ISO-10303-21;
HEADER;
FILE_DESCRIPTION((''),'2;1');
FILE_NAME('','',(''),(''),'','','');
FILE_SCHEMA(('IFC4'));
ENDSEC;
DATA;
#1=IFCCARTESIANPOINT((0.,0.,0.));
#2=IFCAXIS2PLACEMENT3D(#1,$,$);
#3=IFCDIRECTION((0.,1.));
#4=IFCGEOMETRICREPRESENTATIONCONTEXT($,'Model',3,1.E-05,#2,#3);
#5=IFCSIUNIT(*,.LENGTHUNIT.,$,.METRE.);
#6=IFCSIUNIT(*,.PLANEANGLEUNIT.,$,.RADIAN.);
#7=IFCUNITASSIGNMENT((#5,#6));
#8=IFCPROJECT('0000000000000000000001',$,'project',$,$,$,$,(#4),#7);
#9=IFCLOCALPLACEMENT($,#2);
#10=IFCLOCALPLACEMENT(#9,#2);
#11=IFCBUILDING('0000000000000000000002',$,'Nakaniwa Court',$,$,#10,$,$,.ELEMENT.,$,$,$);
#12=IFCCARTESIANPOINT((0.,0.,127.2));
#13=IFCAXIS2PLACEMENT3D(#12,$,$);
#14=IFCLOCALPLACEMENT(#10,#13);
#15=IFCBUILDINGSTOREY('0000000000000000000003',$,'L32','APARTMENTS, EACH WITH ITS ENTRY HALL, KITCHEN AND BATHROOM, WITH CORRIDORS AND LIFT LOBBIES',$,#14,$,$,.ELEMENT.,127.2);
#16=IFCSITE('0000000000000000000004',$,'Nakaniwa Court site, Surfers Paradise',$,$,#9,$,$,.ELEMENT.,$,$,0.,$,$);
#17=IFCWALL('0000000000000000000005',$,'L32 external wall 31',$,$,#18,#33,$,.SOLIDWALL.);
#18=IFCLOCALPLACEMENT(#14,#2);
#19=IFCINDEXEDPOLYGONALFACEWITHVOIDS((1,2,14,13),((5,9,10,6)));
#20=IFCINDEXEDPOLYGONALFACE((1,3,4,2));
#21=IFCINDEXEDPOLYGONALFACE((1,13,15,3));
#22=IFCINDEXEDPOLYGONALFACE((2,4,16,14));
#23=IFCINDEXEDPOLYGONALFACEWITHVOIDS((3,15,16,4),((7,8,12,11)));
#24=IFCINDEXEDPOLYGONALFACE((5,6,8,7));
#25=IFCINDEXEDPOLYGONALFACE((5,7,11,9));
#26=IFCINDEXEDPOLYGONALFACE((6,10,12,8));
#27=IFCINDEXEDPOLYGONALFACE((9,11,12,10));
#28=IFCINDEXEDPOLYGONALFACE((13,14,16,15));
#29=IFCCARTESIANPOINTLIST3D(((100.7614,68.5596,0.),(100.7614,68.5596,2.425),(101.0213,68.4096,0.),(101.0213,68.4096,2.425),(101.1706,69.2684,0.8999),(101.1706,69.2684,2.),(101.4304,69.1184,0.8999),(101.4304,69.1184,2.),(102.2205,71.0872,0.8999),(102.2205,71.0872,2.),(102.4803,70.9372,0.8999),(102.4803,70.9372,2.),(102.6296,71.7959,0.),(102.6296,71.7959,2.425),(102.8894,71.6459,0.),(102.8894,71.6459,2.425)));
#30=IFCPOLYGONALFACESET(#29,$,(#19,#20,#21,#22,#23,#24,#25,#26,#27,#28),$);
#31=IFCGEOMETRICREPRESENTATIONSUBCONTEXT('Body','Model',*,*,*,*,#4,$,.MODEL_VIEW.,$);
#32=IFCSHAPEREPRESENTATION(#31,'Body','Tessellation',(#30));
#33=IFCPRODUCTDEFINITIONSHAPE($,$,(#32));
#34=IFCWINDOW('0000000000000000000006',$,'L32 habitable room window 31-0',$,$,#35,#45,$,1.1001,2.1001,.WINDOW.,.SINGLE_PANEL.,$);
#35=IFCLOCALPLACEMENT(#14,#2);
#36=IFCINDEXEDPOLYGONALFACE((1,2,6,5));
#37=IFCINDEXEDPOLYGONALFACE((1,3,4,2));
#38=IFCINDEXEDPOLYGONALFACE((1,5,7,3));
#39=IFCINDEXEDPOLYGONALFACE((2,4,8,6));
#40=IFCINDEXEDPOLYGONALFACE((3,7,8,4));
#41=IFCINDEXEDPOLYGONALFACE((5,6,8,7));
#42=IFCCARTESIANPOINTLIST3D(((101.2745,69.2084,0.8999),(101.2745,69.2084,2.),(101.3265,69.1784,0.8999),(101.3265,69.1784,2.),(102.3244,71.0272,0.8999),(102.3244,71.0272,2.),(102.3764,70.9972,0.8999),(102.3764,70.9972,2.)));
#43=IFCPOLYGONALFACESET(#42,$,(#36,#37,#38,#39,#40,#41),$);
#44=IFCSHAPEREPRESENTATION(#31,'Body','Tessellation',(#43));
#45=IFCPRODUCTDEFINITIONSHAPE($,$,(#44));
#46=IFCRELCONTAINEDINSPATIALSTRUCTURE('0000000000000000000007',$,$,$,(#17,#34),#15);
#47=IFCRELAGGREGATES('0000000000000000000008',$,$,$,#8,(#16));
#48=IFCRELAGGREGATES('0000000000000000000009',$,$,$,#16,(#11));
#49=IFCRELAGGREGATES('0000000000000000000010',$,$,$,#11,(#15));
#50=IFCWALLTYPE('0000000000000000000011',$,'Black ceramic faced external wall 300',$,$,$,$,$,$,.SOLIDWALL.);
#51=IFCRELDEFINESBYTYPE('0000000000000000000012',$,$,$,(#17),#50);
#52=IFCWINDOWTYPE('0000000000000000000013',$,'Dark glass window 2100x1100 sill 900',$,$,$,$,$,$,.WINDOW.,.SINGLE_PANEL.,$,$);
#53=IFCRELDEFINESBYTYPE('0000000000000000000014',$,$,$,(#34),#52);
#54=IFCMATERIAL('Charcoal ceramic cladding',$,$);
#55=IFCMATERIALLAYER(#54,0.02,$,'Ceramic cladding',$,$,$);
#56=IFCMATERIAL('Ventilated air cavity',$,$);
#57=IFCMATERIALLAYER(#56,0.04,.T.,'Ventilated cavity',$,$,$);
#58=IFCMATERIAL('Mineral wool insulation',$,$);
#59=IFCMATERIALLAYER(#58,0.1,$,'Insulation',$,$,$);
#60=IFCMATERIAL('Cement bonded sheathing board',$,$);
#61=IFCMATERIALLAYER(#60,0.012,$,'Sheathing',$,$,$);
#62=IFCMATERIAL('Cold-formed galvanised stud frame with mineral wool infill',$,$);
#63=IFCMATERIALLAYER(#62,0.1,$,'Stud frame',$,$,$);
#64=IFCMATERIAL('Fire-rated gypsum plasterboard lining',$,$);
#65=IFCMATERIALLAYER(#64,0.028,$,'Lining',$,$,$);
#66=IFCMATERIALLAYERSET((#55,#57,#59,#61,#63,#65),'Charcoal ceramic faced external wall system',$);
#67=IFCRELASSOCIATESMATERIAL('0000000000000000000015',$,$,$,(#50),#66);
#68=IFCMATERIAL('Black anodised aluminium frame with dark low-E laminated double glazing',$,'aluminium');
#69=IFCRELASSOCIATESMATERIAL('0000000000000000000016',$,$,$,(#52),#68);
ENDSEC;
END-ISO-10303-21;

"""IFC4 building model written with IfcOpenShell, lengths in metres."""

from ifc_helpers import new_model, si_unit, direction, frame, frame_2d, origin, place, context, subcontext, project, spatial, rectangle, extrude, material, layer, layer_set, type_object, element, fill, save


model = new_model("IFC4")

# Units and contexts
model_context = context("Model", 3, precision=1e-05, world=origin(), true_north=direction((0.0, 1.0)))
body_context = subcontext(model_context, "Body", "Model", "MODEL_VIEW")
ifc_project = project(units=[si_unit("LENGTHUNIT", "METRE"), si_unit("PLANEANGLEUNIT", "RADIAN")], contexts=[model_context])

# Site, building, storey
site_placement = place(None, origin())
site = spatial("IfcSite", under=ifc_project, at=site_placement, Name="Nakaniwa Court site, Surfers Paradise", CompositionType="ELEMENT", RefElevation=0.0)
building_placement = place(site_placement, origin())
building = spatial("IfcBuilding", under=site, at=building_placement, Name="Nakaniwa Court", CompositionType="ELEMENT")
storey_placement = place(building_placement, frame((0.0, 0.0, 127.2)))
storey = spatial("IfcBuildingStorey", under=building, at=storey_placement, Name="L32", Description="APARTMENTS, EACH WITH ITS ENTRY HALL, KITCHEN AND BATHROOM, WITH CORRIDORS AND LIFT LOBBIES", CompositionType="ELEMENT", Elevation=127.2)

# Shared definitions
ifc_material_1 = material(Name="Charcoal ceramic cladding")
ifc_layer_1 = layer(ifc_material_1, 0.02, Name="Ceramic cladding")
ifc_material_2 = material(Name="Ventilated air cavity")
ifc_layer_2 = layer(ifc_material_2, 0.04, ventilated=True, Name="Ventilated cavity")
ifc_material_3 = material(Name="Mineral wool insulation")
ifc_layer_3 = layer(ifc_material_3, 0.1, Name="Insulation")
ifc_material_4 = material(Name="Cement bonded sheathing board")
ifc_layer_4 = layer(ifc_material_4, 0.012, Name="Sheathing")
ifc_material_5 = material(Name="Cold-formed galvanised stud frame with mineral wool infill")
ifc_layer_5 = layer(ifc_material_5, 0.1, Name="Stud frame")
ifc_material_6 = material(Name="Fire-rated gypsum plasterboard lining")
ifc_layer_6 = layer(ifc_material_6, 0.028, Name="Lining")
ifc_layer_set_1 = layer_set([ifc_layer_1, ifc_layer_2, ifc_layer_3, ifc_layer_4, ifc_layer_5, ifc_layer_6], Name="Charcoal ceramic faced external wall system")
wall_type_1 = type_object("IfcWallType", Name="Black ceramic faced external wall 300", PredefinedType="SOLIDWALL", material=ifc_layer_set_1)

# Wall, opening, window
ifc_material_7 = material(Name="Black anodised aluminium frame with dark low-E laminated double glazing", Category="aluminium")
window_type_1 = type_object("IfcWindowType", Name="Dark glass window 2100x1100 sill 900", PartitioningType="SINGLE_PANEL", PredefinedType="WINDOW", material=ifc_material_7)
wall_1_placement = place(storey_placement, frame((100.8914, 68.4846, 0.0), z_axis=(0.0, 0.0, 1.0), x_axis=(0.499934, 0.866064, 0.0)))
wall_1 = element("IfcWall", 1, at=wall_1_placement, inside=storey, type_object=wall_type_1, Name="L32 external wall 31", PredefinedType="SOLIDWALL", context=body_context, shape_type="SweptSolid", body=[
    extrude(rectangle(XDim=3.7368, YDim=0.3, at=frame_2d((1.8684, 0.0))), origin(), (0.0, 0.0, 1.0), 2.425),
])
opening_1_placement = place(wall_1_placement, frame((0.8184, 0.0, 0.8999)))
opening_1 = element("IfcOpeningElement", 2, at=opening_1_placement, cuts=wall_1, PredefinedType="OPENING", context=body_context, shape_type="SweptSolid", body=[
    extrude(rectangle(XDim=2.1001, YDim=1.1001, at=frame_2d((1.05, 0.55))), frame((0.0, 0.1599, 0.0), z_axis=(0.0, -1.0, 0.0), x_axis=(1.0, 0.0, 0.0)), (0.0, 0.0, 1.0), 0.3201),
])
window_1_placement = place(opening_1_placement, origin())
window_1 = element("IfcWindow", 3, at=window_1_placement, inside=storey, type_object=window_type_1, Name="L32 habitable room window 31-0", OverallHeight=1.1001, OverallWidth=2.1001, PartitioningType="SINGLE_PANEL", PredefinedType="WINDOW", context=body_context, shape_type="SweptSolid", body=[
    extrude(rectangle(XDim=2.1001, YDim=1.1001, at=frame_2d((1.05, 0.55))), frame((0.0, 0.03, 0.0), z_axis=(0.0, -1.0, 0.0), x_axis=(1.0, 0.0, 0.0)), (0.0, 0.0, 1.0), 0.0601),
])
fill(opening_1, window_1)

save(model, "model.ifc")
